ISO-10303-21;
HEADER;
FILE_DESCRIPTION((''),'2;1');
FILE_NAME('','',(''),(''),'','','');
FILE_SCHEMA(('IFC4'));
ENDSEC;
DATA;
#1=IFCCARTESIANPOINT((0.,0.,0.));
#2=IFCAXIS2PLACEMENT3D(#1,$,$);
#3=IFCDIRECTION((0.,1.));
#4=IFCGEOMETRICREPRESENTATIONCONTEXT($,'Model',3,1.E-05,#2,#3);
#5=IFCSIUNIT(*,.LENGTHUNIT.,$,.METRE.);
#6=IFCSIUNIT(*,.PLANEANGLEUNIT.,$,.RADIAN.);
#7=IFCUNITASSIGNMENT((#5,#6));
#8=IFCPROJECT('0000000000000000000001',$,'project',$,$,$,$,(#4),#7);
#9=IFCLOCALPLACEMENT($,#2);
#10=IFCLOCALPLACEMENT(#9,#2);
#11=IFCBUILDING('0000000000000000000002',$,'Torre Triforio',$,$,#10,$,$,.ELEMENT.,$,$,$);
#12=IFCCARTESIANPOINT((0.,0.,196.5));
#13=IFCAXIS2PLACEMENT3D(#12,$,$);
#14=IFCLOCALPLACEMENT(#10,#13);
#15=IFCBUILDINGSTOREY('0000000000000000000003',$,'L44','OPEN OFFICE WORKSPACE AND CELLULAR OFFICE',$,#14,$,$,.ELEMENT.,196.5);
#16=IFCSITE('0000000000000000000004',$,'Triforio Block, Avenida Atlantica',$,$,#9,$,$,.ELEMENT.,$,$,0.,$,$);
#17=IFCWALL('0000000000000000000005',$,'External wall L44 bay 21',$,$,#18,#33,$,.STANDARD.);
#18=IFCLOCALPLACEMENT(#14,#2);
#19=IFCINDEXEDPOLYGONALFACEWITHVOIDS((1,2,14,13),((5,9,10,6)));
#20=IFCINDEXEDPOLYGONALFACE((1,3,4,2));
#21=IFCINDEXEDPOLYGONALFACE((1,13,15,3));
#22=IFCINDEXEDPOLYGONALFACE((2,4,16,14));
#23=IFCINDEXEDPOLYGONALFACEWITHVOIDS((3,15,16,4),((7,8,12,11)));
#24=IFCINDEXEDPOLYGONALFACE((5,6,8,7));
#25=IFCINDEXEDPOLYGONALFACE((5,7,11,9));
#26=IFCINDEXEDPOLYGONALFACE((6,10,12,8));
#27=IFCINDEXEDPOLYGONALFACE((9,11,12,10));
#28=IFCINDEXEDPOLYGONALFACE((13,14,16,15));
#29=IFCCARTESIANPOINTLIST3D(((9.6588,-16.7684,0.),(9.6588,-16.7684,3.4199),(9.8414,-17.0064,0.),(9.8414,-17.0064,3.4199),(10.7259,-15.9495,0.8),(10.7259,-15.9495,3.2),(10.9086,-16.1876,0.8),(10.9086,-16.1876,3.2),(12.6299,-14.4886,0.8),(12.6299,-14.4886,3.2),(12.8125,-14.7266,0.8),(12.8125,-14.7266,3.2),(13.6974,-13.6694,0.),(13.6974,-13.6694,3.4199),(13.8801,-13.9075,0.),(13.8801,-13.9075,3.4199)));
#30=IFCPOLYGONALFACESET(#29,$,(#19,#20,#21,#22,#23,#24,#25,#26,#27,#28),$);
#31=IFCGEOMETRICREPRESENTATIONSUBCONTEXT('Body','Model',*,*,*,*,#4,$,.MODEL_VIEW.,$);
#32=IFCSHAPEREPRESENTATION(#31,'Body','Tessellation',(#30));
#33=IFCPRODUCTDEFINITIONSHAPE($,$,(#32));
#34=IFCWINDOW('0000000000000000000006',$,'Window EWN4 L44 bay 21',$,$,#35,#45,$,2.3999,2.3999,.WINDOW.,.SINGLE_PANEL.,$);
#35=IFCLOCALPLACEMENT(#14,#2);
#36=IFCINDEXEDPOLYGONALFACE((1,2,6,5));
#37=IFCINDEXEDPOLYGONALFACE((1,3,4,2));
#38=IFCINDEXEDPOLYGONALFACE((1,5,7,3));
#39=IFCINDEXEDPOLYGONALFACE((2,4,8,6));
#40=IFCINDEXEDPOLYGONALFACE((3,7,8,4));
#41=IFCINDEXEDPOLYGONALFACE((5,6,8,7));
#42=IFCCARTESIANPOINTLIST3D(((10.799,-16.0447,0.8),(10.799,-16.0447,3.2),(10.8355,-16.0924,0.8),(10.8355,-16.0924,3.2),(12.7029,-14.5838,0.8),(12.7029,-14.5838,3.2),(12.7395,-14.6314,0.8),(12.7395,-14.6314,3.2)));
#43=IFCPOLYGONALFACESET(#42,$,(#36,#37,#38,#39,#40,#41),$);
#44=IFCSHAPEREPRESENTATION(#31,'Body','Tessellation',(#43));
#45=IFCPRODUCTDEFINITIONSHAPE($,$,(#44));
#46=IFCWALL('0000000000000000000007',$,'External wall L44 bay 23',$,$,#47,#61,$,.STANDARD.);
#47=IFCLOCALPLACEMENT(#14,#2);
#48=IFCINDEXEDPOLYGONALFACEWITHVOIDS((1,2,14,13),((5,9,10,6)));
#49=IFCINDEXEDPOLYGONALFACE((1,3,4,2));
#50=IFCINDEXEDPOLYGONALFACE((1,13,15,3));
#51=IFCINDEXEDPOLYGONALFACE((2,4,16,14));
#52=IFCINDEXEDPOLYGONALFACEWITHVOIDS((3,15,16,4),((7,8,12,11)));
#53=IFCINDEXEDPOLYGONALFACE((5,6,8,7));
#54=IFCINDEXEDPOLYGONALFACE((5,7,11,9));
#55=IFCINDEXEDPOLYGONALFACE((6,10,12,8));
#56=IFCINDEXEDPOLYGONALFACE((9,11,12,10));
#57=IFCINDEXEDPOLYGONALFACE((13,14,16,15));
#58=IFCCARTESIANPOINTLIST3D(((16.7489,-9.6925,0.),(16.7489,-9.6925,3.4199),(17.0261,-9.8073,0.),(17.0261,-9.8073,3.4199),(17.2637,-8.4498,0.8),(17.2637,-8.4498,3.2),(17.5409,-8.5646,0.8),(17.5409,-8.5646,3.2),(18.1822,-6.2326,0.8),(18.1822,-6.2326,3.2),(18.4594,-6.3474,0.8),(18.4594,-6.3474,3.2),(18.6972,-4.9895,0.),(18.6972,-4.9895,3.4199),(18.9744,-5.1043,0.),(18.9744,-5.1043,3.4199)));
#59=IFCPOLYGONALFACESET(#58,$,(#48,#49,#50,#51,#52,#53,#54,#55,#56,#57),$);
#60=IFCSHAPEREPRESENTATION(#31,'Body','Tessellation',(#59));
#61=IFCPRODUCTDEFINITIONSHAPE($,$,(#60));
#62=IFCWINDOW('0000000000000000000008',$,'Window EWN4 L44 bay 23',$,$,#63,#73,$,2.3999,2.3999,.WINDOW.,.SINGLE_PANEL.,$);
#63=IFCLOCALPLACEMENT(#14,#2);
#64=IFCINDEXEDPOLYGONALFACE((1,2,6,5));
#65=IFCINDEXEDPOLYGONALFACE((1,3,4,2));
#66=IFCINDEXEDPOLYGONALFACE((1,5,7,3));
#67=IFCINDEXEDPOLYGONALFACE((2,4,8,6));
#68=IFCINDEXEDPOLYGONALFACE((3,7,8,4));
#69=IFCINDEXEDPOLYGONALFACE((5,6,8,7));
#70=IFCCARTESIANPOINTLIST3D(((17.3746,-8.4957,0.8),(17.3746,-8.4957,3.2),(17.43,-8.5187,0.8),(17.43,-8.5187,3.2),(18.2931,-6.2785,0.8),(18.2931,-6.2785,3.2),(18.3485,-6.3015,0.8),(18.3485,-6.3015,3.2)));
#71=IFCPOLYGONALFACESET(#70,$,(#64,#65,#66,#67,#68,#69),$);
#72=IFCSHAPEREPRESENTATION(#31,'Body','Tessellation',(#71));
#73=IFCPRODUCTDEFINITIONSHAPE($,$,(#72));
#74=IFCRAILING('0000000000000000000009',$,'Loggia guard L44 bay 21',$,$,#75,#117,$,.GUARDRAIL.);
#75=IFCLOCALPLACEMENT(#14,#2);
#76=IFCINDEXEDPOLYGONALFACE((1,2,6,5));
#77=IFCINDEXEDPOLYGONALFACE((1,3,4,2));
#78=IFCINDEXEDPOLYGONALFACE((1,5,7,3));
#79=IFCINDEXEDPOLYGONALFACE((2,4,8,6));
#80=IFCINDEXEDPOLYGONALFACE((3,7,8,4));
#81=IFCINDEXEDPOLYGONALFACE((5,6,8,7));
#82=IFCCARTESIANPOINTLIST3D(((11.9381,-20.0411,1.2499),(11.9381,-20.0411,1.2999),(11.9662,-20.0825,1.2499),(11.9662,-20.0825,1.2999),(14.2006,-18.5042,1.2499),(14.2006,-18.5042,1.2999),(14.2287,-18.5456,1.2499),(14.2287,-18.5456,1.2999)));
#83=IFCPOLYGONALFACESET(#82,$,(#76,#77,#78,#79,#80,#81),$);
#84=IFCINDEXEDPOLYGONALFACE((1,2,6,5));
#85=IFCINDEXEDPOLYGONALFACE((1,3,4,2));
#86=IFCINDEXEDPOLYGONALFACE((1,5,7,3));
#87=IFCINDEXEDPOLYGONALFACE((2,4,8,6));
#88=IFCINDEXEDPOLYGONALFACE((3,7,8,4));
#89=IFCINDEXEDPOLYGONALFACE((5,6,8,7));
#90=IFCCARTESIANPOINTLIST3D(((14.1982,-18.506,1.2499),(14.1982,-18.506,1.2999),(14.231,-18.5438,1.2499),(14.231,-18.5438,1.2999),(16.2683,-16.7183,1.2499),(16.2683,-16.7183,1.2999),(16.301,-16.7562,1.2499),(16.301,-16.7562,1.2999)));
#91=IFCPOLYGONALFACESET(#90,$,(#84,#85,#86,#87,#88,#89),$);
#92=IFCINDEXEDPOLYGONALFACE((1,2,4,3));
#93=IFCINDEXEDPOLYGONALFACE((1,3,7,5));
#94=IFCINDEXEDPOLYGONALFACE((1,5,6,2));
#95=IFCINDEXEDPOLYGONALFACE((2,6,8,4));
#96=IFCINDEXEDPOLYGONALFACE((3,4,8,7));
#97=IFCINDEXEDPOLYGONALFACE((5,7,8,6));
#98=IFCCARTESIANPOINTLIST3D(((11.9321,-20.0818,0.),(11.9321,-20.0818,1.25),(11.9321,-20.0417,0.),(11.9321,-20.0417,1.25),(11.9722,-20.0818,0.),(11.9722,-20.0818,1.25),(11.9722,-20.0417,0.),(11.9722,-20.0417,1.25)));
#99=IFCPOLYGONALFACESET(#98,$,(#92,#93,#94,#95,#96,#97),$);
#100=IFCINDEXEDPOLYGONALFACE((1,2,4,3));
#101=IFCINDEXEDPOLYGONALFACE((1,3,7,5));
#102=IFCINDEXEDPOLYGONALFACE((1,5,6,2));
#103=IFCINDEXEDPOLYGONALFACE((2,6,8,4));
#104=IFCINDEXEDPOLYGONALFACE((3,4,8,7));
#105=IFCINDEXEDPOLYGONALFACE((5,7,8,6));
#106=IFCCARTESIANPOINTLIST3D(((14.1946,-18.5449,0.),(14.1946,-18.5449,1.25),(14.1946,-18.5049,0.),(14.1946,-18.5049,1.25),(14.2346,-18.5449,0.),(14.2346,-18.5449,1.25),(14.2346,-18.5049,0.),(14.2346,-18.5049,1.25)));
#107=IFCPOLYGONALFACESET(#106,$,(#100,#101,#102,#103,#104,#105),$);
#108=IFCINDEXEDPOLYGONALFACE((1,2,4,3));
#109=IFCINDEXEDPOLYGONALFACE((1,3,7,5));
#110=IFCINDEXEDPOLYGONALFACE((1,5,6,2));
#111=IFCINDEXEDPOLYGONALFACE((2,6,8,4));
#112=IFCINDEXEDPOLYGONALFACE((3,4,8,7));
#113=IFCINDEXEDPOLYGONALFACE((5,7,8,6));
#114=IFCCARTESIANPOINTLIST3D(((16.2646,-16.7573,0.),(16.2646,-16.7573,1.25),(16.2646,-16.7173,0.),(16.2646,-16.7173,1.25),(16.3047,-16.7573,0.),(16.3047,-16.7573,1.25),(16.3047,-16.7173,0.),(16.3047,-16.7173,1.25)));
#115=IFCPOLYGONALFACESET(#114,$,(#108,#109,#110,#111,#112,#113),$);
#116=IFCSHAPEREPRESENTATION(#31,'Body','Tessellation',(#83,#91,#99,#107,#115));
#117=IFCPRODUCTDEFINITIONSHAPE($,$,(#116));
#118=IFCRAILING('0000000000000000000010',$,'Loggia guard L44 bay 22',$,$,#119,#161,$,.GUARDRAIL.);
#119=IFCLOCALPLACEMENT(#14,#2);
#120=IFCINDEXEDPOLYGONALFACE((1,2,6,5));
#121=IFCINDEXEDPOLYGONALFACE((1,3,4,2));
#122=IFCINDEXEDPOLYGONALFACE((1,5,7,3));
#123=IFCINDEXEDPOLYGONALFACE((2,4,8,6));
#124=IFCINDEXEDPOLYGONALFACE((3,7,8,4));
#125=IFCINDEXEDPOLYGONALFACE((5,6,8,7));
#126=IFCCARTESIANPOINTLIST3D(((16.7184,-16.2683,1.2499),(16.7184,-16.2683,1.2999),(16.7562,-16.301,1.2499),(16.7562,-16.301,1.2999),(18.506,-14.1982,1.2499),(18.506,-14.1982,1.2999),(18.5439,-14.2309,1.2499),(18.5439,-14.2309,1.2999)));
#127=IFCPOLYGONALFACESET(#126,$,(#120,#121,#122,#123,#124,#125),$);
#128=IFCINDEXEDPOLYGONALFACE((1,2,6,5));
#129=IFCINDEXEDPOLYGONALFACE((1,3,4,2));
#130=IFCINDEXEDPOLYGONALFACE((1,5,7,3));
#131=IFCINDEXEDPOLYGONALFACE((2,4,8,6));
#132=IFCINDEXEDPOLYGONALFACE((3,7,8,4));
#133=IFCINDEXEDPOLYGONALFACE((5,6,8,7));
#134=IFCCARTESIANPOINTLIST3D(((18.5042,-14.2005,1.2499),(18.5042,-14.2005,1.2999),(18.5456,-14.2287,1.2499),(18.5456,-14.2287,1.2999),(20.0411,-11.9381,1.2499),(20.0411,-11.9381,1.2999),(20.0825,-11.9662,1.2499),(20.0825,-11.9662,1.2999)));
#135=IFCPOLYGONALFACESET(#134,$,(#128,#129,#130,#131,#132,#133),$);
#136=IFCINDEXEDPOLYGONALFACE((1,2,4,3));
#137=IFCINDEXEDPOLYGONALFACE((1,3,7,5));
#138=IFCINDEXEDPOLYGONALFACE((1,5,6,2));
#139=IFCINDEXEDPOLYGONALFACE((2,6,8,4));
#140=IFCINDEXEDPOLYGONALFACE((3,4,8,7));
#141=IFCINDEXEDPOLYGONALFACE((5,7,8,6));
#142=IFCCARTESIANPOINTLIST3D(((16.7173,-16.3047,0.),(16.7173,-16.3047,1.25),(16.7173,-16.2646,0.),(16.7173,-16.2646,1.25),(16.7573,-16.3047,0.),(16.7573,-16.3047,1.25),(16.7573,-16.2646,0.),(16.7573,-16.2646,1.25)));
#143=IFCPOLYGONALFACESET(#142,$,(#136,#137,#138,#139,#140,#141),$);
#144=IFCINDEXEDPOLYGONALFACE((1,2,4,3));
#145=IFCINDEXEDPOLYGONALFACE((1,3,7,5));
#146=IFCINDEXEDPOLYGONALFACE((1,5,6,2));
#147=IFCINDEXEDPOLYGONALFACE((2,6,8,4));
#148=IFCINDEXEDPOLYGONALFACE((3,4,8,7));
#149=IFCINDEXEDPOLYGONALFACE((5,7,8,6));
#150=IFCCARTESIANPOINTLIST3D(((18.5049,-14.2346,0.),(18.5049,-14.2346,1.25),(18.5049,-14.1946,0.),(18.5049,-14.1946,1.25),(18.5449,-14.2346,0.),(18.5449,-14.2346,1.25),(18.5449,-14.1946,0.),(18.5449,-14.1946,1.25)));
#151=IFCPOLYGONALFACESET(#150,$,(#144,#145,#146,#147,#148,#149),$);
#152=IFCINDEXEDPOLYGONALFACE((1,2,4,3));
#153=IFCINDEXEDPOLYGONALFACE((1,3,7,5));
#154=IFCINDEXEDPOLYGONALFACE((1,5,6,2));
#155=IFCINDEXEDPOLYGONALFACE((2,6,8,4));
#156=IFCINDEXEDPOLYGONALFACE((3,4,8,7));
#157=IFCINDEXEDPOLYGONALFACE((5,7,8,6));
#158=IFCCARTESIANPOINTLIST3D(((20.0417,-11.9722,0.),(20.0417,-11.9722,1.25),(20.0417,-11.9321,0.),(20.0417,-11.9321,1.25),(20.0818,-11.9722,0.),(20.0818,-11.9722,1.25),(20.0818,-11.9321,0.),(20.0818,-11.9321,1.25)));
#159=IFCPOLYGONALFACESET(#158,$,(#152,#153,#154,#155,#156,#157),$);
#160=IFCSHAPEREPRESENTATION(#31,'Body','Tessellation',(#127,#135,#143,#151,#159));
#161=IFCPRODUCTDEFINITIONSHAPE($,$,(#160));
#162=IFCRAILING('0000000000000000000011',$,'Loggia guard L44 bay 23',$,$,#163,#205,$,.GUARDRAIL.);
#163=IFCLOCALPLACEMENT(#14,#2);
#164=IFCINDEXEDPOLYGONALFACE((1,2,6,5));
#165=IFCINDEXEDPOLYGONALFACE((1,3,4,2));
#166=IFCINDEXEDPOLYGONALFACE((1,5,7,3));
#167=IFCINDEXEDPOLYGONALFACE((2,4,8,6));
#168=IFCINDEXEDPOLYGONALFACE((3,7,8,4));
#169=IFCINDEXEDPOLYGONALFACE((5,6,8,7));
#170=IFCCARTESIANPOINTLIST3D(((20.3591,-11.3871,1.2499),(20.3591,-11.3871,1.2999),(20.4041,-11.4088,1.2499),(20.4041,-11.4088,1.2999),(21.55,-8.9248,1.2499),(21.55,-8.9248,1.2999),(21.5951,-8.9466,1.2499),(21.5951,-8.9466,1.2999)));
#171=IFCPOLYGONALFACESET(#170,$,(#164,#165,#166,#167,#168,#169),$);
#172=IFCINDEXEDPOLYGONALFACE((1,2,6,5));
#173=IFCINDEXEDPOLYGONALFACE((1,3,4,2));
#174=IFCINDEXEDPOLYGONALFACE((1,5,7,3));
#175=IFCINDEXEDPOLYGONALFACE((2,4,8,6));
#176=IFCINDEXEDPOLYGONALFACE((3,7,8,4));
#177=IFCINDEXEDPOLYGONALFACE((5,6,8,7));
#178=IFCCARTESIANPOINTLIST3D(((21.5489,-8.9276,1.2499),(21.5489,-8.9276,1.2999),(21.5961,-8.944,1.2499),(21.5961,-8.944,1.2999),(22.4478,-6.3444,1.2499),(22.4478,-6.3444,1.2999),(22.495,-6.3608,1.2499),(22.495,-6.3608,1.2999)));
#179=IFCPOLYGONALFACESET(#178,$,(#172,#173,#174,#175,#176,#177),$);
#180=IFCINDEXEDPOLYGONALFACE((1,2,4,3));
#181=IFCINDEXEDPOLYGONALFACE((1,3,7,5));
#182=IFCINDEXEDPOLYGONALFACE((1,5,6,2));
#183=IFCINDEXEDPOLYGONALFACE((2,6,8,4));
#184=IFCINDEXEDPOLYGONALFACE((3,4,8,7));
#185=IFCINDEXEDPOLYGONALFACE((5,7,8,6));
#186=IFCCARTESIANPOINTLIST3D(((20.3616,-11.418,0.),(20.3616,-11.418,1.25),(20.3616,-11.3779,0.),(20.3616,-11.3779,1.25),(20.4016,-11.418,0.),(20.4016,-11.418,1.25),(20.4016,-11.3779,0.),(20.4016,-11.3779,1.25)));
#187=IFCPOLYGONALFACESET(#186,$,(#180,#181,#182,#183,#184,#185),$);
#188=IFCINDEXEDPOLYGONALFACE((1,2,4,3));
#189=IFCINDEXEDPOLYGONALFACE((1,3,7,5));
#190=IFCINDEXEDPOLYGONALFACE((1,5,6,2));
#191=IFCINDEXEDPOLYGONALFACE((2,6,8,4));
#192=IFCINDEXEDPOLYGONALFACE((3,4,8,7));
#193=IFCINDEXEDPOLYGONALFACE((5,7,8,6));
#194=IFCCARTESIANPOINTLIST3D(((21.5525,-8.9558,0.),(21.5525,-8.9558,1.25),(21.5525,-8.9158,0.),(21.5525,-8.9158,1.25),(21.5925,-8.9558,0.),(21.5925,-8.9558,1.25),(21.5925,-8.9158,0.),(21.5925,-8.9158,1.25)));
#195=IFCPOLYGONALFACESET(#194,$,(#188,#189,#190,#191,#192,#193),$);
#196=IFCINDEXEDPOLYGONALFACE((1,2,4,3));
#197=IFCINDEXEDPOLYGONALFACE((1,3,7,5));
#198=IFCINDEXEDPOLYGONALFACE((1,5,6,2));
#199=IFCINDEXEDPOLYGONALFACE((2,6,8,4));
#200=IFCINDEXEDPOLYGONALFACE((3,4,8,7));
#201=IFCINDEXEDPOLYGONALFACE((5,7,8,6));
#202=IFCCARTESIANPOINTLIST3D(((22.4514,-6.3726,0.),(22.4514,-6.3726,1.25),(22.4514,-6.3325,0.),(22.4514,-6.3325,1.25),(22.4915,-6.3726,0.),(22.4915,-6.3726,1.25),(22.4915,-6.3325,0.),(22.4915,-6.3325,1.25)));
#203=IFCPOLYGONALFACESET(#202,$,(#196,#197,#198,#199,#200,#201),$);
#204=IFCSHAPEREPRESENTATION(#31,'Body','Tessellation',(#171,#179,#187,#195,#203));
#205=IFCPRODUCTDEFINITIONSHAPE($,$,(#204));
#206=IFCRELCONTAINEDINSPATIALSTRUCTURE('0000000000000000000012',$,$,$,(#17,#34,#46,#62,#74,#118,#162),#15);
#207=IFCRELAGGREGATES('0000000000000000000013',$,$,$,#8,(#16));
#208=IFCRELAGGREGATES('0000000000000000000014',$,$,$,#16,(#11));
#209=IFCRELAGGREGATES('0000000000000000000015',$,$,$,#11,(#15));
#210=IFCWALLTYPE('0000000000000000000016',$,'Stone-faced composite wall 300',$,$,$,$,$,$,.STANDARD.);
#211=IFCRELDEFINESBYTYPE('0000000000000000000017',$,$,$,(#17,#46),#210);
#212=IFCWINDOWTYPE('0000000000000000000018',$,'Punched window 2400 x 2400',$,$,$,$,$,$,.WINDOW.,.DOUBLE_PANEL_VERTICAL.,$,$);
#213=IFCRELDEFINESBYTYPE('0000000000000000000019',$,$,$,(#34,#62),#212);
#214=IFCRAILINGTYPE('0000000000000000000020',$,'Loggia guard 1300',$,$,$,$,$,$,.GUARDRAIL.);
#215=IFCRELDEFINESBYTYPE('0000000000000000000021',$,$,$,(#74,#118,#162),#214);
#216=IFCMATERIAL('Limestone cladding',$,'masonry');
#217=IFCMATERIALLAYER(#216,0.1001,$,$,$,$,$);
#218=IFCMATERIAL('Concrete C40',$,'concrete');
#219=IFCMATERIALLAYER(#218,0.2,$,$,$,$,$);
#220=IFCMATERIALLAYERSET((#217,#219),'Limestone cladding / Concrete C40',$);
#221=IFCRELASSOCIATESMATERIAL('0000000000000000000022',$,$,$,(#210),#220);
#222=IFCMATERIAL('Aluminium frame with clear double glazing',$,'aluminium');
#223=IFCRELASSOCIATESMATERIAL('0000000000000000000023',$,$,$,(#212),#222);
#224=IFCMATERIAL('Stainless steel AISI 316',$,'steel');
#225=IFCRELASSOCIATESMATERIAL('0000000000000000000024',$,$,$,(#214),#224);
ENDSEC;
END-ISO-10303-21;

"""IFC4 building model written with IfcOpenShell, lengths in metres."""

from ifc_helpers import new_model, si_unit, direction, frame, frame_2d, origin, origin_2d, place, context, subcontext, project, spatial, rectangle, extrude, material, layer, layer_set, type_object, element, fill, save


model = new_model("IFC4")

# Units and contexts
model_context = context("Model", 3, precision=1e-05, world=origin(), true_north=direction((0.0, 1.0)))
body_context = subcontext(model_context, "Body", "Model", "MODEL_VIEW")
ifc_project = project(units=[si_unit("LENGTHUNIT", "METRE"), si_unit("PLANEANGLEUNIT", "RADIAN")], contexts=[model_context])

# Site, building, storey
site_placement = place(None, origin())
site = spatial("IfcSite", under=ifc_project, at=site_placement, Name="Triforio Block, Avenida Atlantica", CompositionType="ELEMENT", RefElevation=0.0)
building_placement = place(site_placement, origin())
building = spatial("IfcBuilding", under=site, at=building_placement, Name="Torre Triforio", CompositionType="ELEMENT")
storey_placement = place(building_placement, frame((0.0, 0.0, 196.5)))
storey = spatial("IfcBuildingStorey", under=building, at=storey_placement, Name="L44", Description="OPEN OFFICE WORKSPACE AND CELLULAR OFFICE", CompositionType="ELEMENT", Elevation=196.5)

# Shared definitions
ifc_material_1 = material(Name="Concrete C40", Category="concrete")

# Shared definitions
ifc_material_2 = material(Name="Limestone cladding", Category="masonry")

# Wall, opening, window
ifc_layer_1 = layer(ifc_material_2, 0.1001)
ifc_layer_2 = layer(ifc_material_1, 0.2)
ifc_layer_set_1 = layer_set([ifc_layer_1, ifc_layer_2], Name="Limestone cladding / Concrete C40")
wall_type_1 = type_object("IfcWallType", Name="Stone-faced composite wall 300", PredefinedType="STANDARD", material=ifc_layer_set_1)
wall_1_placement = place(storey_placement, frame((9.75, -16.8875, 0.0), z_axis=(0.0, 0.0, 1.0), x_axis=(0.793356, 0.608758, 0.0)))
wall_1 = element("IfcWall", 1, at=wall_1_placement, inside=storey, type_object=wall_type_1, Name="External wall L44 bay 21", PredefinedType="STANDARD", context=body_context, shape_type="SweptSolid", body=[
    extrude(rectangle(XDim=5.0906, YDim=0.3, at=frame_2d((2.5454, 0.0))), origin(), (0.0, 0.0, 1.0), 3.4199),
])
opening_1_placement = place(wall_1_placement, frame((1.3452, 0.0, 0.8)))
opening_1 = element("IfcOpeningElement", 2, at=opening_1_placement, cuts=wall_1, PredefinedType="OPENING", context=body_context, shape_type="SweptSolid", body=[
    extrude(rectangle(XDim=2.3999, YDim=2.3999, at=frame_2d((1.2, 1.2))), frame((0.0, 0.1599, 0.0), z_axis=(0.0, -1.0, 0.0), x_axis=(1.0, 0.0, 0.0)), (0.0, 0.0, 1.0), 0.3201),
])
ifc_material_3 = material(Name="Aluminium frame with clear double glazing", Category="aluminium")
window_type_1 = type_object("IfcWindowType", Name="Punched window 2400 x 2400", PartitioningType="DOUBLE_PANEL_VERTICAL", PredefinedType="WINDOW", material=ifc_material_3)
window_1_placement = place(opening_1_placement, origin())
window_1 = element("IfcWindow", 3, at=window_1_placement, inside=storey, type_object=window_type_1, Name="Window EWN4 L44 bay 21", OverallHeight=2.3999, OverallWidth=2.3999, PartitioningType="SINGLE_PANEL", PredefinedType="WINDOW", context=body_context, shape_type="SweptSolid", body=[
    extrude(rectangle(XDim=2.3999, YDim=2.3999, at=frame_2d((1.2, 1.2))), frame((0.0, 0.03, 0.0), z_axis=(0.0, -1.0, 0.0), x_axis=(1.0, 0.0, 0.0)), (0.0, 0.0, 1.0), 0.0601),
])
fill(opening_1, window_1)

# Wall, opening, window
wall_2_placement = place(storey_placement, frame((16.8875, -9.75, 0.0), z_axis=(0.0, 0.0, 1.0), x_axis=(0.382725, 0.923863, 0.0)))
wall_2 = element("IfcWall", 4, at=wall_2_placement, inside=storey, type_object=wall_type_1, Name="External wall L44 bay 23", PredefinedType="STANDARD", context=body_context, shape_type="SweptSolid", body=[
    extrude(rectangle(XDim=5.0906, YDim=0.3, at=frame_2d((2.5454, 0.0))), origin(), (0.0, 0.0, 1.0), 3.4199),
])
opening_2_placement = place(wall_2_placement, frame((1.3452, 0.0, 0.8)))
opening_2 = element("IfcOpeningElement", 5, at=opening_2_placement, cuts=wall_2, PredefinedType="OPENING", context=body_context, shape_type="SweptSolid", body=[
    extrude(rectangle(XDim=2.3999, YDim=2.3999, at=frame_2d((1.2, 1.2))), frame((0.0, 0.1599, 0.0), z_axis=(0.0, -1.0, 0.0), x_axis=(1.0, 0.0, 0.0)), (0.0, 0.0, 1.0), 0.3201),
])
window_2_placement = place(opening_2_placement, origin())
window_2 = element("IfcWindow", 6, at=window_2_placement, inside=storey, type_object=window_type_1, Name="Window EWN4 L44 bay 23", OverallHeight=2.3999, OverallWidth=2.3999, PartitioningType="SINGLE_PANEL", PredefinedType="WINDOW", context=body_context, shape_type="SweptSolid", body=[
    extrude(rectangle(XDim=2.3999, YDim=2.3999, at=frame_2d((1.2, 1.2))), frame((0.0, 0.03, 0.0), z_axis=(0.0, -1.0, 0.0), x_axis=(1.0, 0.0, 0.0)), (0.0, 0.0, 1.0), 0.0601),
])
fill(opening_2, window_2)

# Railings
ifc_material_4 = material(Name="Stainless steel AISI 316", Category="steel")
railing_type = type_object("IfcRailingType", Name="Loggia guard 1300", PredefinedType="GUARDRAIL", material=ifc_material_4)
railing_1_placement = place(storey_placement, frame((11.9521, -20.0618, 0.0)))
element("IfcRailing", 7, at=railing_1_placement, inside=storey, type_object=railing_type, Name="Loggia guard L44 bay 21", PredefinedType="GUARDRAIL", context=body_context, shape_type="SweptSolid", body=[
    extrude(rectangle(XDim=0.05, YDim=0.05, at=origin_2d()), frame((0.0, 0.0, 1.2749), z_axis=(0.827199, 0.56191, 0.0), x_axis=(-0.56191, 0.827199, 0.0)), (0.0, 0.0, 1.0), 2.7351),
    extrude(rectangle(XDim=0.05, YDim=0.05, at=origin_2d()), frame((2.2625, 1.5369, 1.2749), z_axis=(0.756857, 0.65358, 0.0), x_axis=(-0.65358, 0.756857, 0.0)), (0.0, 0.0, 1.0), 2.7351),
    extrude(rectangle(XDim=0.04, YDim=0.04, at=origin_2d()), origin(), (0.0, 0.0, 1.0), 1.25),
    extrude(rectangle(XDim=0.04, YDim=0.04, at=origin_2d()), frame((2.2625, 1.5369, 0.0)), (0.0, 0.0, 1.0), 1.25),
    extrude(rectangle(XDim=0.04, YDim=0.04, at=origin_2d()), frame((4.3325, 3.3245, 0.0)), (0.0, 0.0, 1.0), 1.25),
])
railing_2_placement = place(storey_placement, frame((16.7373, -16.2847, 0.0)))
element("IfcRailing", 8, at=railing_2_placement, inside=storey, type_object=railing_type, Name="Loggia guard L44 bay 22", PredefinedType="GUARDRAIL", context=body_context, shape_type="SweptSolid", body=[
    extrude(rectangle(XDim=0.05, YDim=0.05, at=origin_2d()), frame((0.0, 0.0, 1.2749), z_axis=(0.65358, 0.756857, 0.0), x_axis=(-0.756857, 0.65358, 0.0)), (0.0, 0.0, 1.0), 2.7351),
    extrude(rectangle(XDim=0.05, YDim=0.05, at=origin_2d()), frame((1.7876, 2.0701, 1.2749), z_axis=(0.56191, 0.827199, 0.0), x_axis=(-0.827199, 0.56191, 0.0)), (0.0, 0.0, 1.0), 2.7351),
    extrude(rectangle(XDim=0.04, YDim=0.04, at=origin_2d()), origin(), (0.0, 0.0, 1.0), 1.25),
    extrude(rectangle(XDim=0.04, YDim=0.04, at=origin_2d()), frame((1.7876, 2.0701, 0.0)), (0.0, 0.0, 1.0), 1.25),
    extrude(rectangle(XDim=0.04, YDim=0.04, at=origin_2d()), frame((3.3245, 4.3325, 0.0)), (0.0, 0.0, 1.0), 1.25),
])
railing_3_placement = place(storey_placement, frame((20.3816, -11.3979, 0.0)))
element("IfcRailing", 9, at=railing_3_placement, inside=storey, type_object=railing_type, Name="Loggia guard L44 bay 23", PredefinedType="GUARDRAIL", context=body_context, shape_type="SweptSolid", body=[
    extrude(rectangle(XDim=0.05, YDim=0.05, at=origin_2d()), frame((0.0, 0.0, 1.2749), z_axis=(0.435428, 0.900224, 0.0), x_axis=(-0.900224, 0.435428, 0.0)), (0.0, 0.0, 1.0), 2.7351),
    extrude(rectangle(XDim=0.05, YDim=0.05, at=origin_2d()), frame((1.1909, 2.4622, 1.2749), z_axis=(0.328652, 0.944451, 0.0), x_axis=(-0.944451, 0.328652, 0.0)), (0.0, 0.0, 1.0), 2.7351),
    extrude(rectangle(XDim=0.04, YDim=0.04, at=origin_2d()), origin(), (0.0, 0.0, 1.0), 1.25),
    extrude(rectangle(XDim=0.04, YDim=0.04, at=origin_2d()), frame((1.1909, 2.4622, 0.0)), (0.0, 0.0, 1.0), 1.25),
    extrude(rectangle(XDim=0.04, YDim=0.04, at=origin_2d()), frame((2.0898, 5.0454, 0.0)), (0.0, 0.0, 1.0), 1.25),
])

save(model, "model.ifc")
